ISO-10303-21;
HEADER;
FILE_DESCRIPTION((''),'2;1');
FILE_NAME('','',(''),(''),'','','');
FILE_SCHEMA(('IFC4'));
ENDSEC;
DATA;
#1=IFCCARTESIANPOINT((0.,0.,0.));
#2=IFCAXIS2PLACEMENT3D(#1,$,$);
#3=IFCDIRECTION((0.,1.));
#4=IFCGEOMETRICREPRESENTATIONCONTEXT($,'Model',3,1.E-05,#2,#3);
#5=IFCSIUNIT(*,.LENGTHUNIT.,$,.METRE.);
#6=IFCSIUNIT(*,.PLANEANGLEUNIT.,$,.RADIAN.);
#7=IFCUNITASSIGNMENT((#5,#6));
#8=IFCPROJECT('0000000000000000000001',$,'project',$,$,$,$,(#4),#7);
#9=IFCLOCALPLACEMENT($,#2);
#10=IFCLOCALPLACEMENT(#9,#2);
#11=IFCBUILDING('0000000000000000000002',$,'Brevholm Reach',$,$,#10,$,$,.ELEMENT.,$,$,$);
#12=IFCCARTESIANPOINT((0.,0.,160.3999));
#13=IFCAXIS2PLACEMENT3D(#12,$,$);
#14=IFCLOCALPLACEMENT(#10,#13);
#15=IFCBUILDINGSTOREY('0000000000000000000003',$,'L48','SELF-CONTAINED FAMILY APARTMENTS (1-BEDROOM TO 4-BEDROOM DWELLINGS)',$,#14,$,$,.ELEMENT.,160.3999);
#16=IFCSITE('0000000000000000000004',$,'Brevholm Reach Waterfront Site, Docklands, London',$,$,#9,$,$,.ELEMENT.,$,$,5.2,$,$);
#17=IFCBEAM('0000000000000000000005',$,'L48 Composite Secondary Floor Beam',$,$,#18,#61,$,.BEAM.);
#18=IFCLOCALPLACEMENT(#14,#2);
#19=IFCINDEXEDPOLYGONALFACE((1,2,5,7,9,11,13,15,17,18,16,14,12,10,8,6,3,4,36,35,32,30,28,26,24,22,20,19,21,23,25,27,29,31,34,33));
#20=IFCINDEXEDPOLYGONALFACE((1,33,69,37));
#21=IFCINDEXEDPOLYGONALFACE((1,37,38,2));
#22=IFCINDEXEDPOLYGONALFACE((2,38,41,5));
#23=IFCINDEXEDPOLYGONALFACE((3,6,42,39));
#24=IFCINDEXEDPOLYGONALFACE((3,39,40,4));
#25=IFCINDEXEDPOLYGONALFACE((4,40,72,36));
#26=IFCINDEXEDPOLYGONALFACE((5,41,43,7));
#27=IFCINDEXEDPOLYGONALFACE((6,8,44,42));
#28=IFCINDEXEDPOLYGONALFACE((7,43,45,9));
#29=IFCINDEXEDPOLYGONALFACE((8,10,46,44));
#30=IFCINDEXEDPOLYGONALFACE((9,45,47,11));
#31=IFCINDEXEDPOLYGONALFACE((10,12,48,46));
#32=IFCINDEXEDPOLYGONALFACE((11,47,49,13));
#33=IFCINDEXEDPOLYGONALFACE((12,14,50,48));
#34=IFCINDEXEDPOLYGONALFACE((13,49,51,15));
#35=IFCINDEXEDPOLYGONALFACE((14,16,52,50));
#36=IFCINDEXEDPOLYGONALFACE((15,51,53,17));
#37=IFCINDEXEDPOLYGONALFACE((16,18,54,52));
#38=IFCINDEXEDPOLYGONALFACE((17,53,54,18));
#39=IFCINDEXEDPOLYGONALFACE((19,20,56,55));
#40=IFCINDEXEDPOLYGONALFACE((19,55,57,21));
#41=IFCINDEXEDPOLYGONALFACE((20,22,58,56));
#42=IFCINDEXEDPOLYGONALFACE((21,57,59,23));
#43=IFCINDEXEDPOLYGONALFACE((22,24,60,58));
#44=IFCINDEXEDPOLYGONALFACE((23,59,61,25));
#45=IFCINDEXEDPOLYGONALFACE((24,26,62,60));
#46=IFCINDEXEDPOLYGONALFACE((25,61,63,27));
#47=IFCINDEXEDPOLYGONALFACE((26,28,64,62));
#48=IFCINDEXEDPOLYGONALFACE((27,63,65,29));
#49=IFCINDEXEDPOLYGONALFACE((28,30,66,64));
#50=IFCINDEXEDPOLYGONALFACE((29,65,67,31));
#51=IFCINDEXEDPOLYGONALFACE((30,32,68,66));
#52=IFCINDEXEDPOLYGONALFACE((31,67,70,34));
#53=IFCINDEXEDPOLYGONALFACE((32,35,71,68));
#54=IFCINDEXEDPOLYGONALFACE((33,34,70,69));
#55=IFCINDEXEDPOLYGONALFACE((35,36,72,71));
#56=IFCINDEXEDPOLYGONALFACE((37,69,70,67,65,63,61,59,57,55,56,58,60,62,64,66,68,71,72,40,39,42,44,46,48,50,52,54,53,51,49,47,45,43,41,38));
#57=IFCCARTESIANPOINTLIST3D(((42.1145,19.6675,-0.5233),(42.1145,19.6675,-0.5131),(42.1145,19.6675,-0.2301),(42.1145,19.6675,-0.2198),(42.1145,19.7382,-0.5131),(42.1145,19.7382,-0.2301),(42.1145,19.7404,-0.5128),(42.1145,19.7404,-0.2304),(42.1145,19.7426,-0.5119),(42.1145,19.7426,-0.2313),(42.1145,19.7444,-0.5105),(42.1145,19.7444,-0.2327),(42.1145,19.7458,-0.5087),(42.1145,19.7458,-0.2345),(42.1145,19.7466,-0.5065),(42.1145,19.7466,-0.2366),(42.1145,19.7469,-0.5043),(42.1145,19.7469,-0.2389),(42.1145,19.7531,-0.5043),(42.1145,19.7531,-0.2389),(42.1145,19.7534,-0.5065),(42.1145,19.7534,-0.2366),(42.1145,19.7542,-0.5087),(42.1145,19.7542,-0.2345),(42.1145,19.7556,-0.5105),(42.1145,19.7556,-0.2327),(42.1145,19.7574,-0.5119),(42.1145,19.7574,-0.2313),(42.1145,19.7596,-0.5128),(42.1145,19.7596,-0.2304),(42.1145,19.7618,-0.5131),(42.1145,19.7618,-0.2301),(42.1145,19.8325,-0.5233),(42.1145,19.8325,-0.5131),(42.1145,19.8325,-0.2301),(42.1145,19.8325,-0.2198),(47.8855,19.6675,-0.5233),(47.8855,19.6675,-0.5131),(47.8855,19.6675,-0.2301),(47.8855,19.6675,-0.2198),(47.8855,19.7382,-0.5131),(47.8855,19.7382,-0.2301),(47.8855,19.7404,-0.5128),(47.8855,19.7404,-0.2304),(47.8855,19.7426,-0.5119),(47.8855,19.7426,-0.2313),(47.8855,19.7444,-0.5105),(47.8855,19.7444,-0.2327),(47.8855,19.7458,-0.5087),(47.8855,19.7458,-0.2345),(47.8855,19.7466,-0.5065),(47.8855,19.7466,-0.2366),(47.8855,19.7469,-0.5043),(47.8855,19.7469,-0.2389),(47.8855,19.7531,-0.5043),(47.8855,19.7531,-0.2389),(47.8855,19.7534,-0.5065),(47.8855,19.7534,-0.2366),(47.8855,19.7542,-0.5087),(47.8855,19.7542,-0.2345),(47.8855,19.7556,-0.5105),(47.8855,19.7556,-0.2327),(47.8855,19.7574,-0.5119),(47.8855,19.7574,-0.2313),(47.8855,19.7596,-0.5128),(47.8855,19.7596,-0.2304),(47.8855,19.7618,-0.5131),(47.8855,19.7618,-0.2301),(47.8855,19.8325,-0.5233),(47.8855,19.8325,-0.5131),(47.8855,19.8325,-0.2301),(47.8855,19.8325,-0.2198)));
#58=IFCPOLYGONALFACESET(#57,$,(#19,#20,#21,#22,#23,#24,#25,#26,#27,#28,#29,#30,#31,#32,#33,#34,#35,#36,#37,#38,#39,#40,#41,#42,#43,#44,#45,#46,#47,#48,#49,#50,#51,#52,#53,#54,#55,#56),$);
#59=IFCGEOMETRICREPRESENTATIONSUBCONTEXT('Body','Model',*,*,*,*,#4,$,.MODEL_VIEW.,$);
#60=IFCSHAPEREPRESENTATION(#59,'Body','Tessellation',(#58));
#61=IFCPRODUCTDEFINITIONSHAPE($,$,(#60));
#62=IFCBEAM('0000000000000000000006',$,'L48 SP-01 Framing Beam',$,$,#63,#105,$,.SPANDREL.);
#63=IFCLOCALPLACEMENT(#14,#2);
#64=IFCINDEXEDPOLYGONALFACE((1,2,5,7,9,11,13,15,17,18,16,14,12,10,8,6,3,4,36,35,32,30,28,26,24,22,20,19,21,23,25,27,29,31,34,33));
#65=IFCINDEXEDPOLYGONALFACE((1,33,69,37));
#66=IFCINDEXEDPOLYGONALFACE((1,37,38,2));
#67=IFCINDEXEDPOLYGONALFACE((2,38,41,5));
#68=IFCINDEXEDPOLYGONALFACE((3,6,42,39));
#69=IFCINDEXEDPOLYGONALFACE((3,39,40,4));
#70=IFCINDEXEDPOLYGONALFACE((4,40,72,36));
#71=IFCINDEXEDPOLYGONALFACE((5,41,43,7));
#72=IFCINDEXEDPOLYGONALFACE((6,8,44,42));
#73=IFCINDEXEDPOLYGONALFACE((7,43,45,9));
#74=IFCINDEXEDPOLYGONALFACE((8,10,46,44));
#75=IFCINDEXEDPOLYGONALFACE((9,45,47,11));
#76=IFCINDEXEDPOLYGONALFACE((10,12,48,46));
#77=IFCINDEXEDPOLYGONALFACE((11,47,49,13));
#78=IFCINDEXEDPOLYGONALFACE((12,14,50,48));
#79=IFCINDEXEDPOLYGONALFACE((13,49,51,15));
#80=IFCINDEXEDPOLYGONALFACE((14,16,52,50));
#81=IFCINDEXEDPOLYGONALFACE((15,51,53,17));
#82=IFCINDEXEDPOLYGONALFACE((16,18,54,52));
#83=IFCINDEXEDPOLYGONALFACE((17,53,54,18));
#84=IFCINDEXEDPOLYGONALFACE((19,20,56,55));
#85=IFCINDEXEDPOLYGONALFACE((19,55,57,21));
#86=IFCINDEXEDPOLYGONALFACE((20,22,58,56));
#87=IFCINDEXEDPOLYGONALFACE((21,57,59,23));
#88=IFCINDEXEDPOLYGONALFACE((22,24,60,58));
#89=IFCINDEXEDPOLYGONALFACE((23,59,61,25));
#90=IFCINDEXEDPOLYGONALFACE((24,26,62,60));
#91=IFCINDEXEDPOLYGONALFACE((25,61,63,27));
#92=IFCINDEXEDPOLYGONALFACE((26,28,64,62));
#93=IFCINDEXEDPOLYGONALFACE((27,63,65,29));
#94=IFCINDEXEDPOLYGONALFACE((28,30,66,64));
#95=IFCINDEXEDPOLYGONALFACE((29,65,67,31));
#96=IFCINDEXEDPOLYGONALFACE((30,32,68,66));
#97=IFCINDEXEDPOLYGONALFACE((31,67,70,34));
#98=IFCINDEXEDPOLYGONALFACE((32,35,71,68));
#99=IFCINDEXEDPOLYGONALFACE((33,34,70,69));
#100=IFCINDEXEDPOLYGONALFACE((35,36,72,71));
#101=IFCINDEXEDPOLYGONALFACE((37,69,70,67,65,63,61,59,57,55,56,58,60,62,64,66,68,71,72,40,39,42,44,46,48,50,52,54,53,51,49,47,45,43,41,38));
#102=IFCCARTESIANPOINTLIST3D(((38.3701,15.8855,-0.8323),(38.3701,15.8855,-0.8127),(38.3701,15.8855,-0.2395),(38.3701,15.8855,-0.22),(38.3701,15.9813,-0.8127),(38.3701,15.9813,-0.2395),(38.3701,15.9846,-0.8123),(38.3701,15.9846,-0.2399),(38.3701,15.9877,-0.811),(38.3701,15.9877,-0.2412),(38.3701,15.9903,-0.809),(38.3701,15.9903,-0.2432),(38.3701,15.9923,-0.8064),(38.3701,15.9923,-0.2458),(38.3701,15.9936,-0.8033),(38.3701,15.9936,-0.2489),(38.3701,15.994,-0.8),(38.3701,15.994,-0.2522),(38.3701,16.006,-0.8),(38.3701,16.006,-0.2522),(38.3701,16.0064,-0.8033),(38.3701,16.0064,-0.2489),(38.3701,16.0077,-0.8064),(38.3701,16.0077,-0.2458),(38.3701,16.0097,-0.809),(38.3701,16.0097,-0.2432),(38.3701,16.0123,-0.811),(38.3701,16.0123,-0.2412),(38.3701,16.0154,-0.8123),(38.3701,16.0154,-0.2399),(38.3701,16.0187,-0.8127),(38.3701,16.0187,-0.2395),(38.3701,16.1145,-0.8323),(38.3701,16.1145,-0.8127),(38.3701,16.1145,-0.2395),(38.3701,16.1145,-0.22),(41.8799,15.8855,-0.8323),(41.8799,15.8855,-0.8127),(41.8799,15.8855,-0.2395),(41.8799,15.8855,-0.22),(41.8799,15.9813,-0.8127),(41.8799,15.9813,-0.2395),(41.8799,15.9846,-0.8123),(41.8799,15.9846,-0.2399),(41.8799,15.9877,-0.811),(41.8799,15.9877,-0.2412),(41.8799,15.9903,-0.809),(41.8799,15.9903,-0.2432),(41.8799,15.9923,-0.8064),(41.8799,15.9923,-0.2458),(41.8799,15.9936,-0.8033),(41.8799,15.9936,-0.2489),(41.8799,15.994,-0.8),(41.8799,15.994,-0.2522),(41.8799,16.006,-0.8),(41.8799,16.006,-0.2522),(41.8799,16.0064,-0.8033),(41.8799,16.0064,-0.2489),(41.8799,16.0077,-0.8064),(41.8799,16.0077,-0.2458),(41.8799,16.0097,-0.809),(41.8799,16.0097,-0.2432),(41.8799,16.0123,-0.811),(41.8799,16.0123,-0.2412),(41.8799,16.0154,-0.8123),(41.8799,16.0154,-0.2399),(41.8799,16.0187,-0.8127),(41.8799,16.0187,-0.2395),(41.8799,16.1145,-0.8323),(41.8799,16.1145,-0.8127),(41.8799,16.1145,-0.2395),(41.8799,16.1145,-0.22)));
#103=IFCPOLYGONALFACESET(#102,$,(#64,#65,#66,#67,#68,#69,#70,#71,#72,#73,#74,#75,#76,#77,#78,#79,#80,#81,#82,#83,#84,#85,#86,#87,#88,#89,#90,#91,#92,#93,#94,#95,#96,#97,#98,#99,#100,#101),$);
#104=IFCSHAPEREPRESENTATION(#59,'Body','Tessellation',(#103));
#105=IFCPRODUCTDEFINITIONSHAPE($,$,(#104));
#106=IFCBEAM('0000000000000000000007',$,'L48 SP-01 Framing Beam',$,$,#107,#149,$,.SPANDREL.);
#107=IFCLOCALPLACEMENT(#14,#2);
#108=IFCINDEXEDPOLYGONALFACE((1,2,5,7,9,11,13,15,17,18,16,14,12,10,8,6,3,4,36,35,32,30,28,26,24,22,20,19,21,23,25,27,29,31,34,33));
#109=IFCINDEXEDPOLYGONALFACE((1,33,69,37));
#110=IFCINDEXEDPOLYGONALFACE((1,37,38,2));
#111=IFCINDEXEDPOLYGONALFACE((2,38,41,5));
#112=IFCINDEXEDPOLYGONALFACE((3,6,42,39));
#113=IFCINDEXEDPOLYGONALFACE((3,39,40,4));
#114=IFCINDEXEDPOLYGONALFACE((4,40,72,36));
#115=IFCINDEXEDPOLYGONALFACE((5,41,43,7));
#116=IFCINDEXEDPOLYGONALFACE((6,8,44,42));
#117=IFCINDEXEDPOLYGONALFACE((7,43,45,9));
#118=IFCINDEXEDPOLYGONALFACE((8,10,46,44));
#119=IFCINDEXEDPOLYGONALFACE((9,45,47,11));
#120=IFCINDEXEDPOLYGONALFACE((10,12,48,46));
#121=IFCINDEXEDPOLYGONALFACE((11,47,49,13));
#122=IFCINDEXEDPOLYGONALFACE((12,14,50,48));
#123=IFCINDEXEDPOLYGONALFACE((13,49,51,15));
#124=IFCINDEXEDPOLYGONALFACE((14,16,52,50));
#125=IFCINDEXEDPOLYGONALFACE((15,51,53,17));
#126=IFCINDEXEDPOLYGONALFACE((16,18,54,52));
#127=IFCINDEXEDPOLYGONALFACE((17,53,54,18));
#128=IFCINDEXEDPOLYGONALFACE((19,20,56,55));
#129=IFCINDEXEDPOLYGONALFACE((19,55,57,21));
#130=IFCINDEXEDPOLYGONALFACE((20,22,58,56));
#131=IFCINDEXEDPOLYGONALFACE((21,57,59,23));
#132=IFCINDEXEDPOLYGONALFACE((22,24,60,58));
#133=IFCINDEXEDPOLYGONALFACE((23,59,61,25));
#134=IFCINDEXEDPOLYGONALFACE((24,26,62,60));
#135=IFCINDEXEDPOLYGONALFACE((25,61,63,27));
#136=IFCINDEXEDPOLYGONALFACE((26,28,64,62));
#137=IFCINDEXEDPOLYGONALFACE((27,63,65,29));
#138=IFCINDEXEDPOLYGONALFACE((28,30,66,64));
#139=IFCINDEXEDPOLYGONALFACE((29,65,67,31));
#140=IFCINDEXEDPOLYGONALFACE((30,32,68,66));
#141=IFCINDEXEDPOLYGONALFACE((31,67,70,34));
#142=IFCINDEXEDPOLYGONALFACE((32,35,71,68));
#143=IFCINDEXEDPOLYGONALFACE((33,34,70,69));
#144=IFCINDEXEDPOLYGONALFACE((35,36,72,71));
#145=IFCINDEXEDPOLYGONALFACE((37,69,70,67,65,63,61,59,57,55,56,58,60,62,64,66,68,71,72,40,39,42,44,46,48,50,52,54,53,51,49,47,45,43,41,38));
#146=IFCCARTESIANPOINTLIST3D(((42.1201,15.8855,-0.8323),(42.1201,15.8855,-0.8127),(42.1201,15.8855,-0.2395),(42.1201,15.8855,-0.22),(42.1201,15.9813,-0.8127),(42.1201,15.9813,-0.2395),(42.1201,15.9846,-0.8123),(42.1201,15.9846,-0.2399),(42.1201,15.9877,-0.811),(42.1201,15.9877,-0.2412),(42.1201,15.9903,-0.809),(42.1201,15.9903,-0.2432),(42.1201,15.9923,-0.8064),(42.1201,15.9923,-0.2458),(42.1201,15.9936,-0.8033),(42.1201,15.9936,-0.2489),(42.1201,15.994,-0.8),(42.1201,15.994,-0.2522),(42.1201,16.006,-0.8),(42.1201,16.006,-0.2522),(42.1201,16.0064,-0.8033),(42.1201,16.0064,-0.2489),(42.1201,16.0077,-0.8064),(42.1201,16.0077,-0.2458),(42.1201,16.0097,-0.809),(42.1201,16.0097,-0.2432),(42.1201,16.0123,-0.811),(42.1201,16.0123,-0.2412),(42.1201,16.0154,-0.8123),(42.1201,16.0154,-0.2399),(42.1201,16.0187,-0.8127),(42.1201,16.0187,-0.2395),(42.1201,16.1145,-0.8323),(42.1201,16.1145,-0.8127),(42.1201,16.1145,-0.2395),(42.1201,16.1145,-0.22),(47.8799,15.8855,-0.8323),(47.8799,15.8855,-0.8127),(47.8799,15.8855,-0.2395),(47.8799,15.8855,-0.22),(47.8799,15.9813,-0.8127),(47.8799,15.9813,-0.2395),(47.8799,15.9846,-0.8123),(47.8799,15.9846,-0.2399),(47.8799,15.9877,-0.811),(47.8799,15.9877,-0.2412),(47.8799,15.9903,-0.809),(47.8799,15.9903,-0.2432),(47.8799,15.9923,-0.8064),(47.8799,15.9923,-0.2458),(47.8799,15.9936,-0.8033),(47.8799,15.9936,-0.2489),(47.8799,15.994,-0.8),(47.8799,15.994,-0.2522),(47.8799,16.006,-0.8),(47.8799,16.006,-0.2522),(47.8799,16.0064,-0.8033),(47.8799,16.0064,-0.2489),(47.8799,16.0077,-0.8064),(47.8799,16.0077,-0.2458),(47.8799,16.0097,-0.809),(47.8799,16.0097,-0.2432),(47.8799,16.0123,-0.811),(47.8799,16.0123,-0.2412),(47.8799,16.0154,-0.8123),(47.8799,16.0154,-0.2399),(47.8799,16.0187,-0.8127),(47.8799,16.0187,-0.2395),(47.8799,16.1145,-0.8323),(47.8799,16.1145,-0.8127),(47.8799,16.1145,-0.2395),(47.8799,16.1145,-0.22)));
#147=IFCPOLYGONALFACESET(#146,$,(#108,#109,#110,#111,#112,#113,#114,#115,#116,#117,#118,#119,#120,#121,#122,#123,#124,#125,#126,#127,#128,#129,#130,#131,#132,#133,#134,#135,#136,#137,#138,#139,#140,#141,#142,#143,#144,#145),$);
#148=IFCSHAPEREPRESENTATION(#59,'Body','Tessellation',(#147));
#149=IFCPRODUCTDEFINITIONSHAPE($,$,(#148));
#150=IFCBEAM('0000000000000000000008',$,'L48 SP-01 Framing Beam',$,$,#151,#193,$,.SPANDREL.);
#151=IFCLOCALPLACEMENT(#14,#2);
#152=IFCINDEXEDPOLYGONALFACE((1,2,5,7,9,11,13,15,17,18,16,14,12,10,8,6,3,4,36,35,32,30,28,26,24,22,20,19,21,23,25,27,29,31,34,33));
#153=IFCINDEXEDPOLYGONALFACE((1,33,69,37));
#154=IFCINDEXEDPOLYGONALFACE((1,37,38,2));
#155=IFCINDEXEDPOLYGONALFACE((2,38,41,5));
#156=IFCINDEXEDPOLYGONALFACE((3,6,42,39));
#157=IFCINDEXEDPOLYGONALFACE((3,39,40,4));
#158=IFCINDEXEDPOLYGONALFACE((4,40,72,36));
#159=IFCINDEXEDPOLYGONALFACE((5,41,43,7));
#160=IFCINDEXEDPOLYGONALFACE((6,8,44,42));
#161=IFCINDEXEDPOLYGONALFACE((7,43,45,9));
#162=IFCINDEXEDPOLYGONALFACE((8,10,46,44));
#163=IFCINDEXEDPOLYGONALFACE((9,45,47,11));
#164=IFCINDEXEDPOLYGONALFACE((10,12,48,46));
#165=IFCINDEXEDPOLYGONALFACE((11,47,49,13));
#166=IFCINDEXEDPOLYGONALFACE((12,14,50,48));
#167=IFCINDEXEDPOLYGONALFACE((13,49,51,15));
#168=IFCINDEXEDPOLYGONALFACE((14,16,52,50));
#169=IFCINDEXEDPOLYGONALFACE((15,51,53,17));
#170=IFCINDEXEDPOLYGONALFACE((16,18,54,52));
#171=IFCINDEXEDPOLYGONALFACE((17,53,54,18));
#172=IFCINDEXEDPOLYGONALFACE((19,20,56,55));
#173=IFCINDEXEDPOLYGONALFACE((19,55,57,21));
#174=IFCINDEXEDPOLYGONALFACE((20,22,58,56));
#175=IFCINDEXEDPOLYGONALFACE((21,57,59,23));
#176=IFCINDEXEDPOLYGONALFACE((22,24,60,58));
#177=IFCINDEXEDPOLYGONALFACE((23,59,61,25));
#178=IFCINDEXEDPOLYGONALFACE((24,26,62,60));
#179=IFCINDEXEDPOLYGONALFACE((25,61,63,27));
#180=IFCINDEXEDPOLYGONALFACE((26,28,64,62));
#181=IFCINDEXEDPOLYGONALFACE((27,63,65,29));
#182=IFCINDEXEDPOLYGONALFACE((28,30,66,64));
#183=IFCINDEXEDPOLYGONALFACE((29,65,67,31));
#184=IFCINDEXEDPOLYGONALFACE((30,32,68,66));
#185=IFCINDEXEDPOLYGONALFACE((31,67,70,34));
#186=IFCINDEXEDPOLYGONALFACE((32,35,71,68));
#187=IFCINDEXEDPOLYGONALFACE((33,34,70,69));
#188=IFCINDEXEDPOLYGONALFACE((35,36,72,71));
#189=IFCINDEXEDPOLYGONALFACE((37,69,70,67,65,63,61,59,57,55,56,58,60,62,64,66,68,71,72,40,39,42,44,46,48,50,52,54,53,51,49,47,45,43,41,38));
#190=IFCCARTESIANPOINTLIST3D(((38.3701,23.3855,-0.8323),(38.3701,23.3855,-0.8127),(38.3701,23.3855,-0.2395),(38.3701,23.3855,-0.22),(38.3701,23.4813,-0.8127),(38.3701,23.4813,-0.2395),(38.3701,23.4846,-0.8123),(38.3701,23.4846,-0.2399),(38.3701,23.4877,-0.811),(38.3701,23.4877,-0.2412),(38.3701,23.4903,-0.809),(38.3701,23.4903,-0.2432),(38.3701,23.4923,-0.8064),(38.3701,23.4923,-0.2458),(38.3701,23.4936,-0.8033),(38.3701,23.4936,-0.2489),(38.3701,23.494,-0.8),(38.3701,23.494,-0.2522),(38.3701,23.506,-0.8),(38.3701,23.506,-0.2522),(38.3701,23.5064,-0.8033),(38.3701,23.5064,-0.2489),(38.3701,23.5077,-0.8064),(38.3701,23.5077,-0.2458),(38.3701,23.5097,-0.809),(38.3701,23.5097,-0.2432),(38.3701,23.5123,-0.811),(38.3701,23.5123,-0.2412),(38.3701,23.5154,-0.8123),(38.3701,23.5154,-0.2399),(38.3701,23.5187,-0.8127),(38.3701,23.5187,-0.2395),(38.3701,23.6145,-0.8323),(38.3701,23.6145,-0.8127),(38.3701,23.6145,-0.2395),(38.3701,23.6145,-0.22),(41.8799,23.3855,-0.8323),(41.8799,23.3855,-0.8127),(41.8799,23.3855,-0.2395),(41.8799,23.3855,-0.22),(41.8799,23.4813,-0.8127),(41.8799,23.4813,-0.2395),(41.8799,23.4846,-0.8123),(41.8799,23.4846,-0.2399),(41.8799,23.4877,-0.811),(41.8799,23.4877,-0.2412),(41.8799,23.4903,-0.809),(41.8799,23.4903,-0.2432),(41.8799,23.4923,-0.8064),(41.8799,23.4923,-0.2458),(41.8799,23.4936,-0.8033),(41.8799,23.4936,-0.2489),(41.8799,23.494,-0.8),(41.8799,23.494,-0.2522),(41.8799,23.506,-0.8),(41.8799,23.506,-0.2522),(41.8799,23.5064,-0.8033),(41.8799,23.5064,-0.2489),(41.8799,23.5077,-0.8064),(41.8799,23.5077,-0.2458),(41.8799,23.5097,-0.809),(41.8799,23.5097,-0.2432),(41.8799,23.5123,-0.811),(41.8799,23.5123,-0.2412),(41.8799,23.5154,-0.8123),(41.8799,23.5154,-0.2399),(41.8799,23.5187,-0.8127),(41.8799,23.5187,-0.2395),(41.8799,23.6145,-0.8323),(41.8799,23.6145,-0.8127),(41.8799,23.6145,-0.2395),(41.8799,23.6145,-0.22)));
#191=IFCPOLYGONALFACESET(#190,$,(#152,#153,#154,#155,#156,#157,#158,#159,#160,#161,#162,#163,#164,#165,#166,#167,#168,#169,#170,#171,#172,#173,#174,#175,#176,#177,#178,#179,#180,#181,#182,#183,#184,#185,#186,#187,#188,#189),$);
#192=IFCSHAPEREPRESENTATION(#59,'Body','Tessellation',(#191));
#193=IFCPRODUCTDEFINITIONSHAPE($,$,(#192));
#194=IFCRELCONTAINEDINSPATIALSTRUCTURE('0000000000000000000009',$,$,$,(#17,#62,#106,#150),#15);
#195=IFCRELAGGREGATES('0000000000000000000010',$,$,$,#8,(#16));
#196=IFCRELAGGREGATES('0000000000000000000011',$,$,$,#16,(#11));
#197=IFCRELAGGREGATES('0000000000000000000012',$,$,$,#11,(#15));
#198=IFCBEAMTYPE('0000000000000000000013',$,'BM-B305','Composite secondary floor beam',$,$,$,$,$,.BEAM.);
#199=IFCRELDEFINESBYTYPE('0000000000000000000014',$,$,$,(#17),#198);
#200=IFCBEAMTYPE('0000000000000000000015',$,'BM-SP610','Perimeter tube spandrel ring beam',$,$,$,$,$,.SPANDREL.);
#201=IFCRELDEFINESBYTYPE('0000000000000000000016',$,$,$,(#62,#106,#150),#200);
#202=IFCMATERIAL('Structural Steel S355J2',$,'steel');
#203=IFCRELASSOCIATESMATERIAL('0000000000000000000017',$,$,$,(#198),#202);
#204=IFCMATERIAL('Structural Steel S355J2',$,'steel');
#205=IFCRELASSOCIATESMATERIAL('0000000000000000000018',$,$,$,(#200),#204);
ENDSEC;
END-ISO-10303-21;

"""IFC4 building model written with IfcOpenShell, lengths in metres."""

from ifc_helpers import new_model, si_unit, direction, frame, origin, origin_2d, place, context, subcontext, project, spatial, i_section, extrude, material, material_profile, profile_set, type_object, element, save


model = new_model("IFC4")

# Units and contexts
model_context = context("Model", 3, precision=1e-05, world=origin(), true_north=direction((0.0, 1.0)))
body_context = subcontext(model_context, "Body", "Model", "MODEL_VIEW")
ifc_project = project(units=[si_unit("LENGTHUNIT", "METRE"), si_unit("PLANEANGLEUNIT", "RADIAN")], contexts=[model_context])

# Site, building, storey
site_placement = place(None, origin())
site = spatial("IfcSite", under=ifc_project, at=site_placement, Name="Brevholm Reach Waterfront Site, Docklands, London", CompositionType="ELEMENT", RefElevation=5.2)
building_placement = place(site_placement, origin())
building = spatial("IfcBuilding", under=site, at=building_placement, Name="Brevholm Reach", CompositionType="ELEMENT")
storey_placement = place(building_placement, frame((0.0, 0.0, 160.3999)))
storey = spatial("IfcBuildingStorey", under=building, at=storey_placement, Name="L48", Description="SELF-CONTAINED FAMILY APARTMENTS (1-BEDROOM TO 4-BEDROOM DWELLINGS)", CompositionType="ELEMENT", Elevation=160.3999)

# Beams
ifc_material_1 = material(Name="Structural Steel S355J2", Category="steel")
ifc_material_profile_1 = material_profile(ifc_material_1, i_section(OverallWidth=0.165, OverallDepth=0.3035, WebThickness=0.0061, FlangeThickness=0.0103, FilletRadius=0.0088, at=origin_2d()), Name="UKB 305x165x40")
ifc_profile_set_1 = profile_set([ifc_material_profile_1], Name="Structural Steel S355J2")
beam_type_1 = type_object("IfcBeamType", Name="BM-B305", Description="Composite secondary floor beam", PredefinedType="BEAM", material=ifc_profile_set_1)
beam_1_placement = place(storey_placement, frame((42.1145, 19.75, -0.3716), z_axis=(1.0, 0.0, 0.0), x_axis=(0.0, 1.0, 0.0)))
element("IfcBeam", 1, at=beam_1_placement, inside=storey, type_object=beam_type_1, Name="L48 Composite Secondary Floor Beam", PredefinedType="BEAM", context=body_context, shape_type="SweptSolid", body=[
    extrude(i_section(OverallWidth=0.165, OverallDepth=0.3035, WebThickness=0.0061, FlangeThickness=0.0103, FilletRadius=0.0088, at=origin_2d()), origin(), (0.0, 0.0, 1.0), 5.771),
])
ifc_material_2 = material(Name="Structural Steel S355J2", Category="steel")
ifc_material_profile_2 = material_profile(ifc_material_2, i_section(OverallWidth=0.229, OverallDepth=0.6123, WebThickness=0.012, FlangeThickness=0.0195, FilletRadius=0.0127, at=origin_2d()), Name="UKB 610x229x125")
ifc_profile_set_2 = profile_set([ifc_material_profile_2], Name="Structural Steel S355J2")
beam_type_2 = type_object("IfcBeamType", Name="BM-SP610", Description="Perimeter tube spandrel ring beam", PredefinedType="SPANDREL", material=ifc_profile_set_2)
beam_2_placement = place(storey_placement, frame((38.3701, 16.0, -0.5261), z_axis=(1.0, 0.0, 0.0), x_axis=(0.0, 1.0, 0.0)))
element("IfcBeam", 2, at=beam_2_placement, inside=storey, type_object=beam_type_2, Name="L48 SP-01 Framing Beam", PredefinedType="SPANDREL", context=body_context, shape_type="SweptSolid", body=[
    extrude(i_section(OverallWidth=0.229, OverallDepth=0.6123, WebThickness=0.012, FlangeThickness=0.0195, FilletRadius=0.0127, at=origin_2d()), origin(), (0.0, 0.0, 1.0), 3.5098),
])
beam_3_placement = place(storey_placement, frame((42.1201, 16.0, -0.5261), z_axis=(1.0, 0.0, 0.0), x_axis=(0.0, 1.0, 0.0)))
element("IfcBeam", 3, at=beam_3_placement, inside=storey, type_object=beam_type_2, Name="L48 SP-01 Framing Beam", PredefinedType="SPANDREL", context=body_context, shape_type="SweptSolid", body=[
    extrude(i_section(OverallWidth=0.229, OverallDepth=0.6123, WebThickness=0.012, FlangeThickness=0.0195, FilletRadius=0.0127, at=origin_2d()), origin(), (0.0, 0.0, 1.0), 5.7598),
])
beam_4_placement = place(storey_placement, frame((38.3701, 23.5, -0.5261), z_axis=(1.0, 0.0, 0.0), x_axis=(0.0, 1.0, 0.0)))
element("IfcBeam", 4, at=beam_4_placement, inside=storey, type_object=beam_type_2, Name="L48 SP-01 Framing Beam", PredefinedType="SPANDREL", context=body_context, shape_type="SweptSolid", body=[
    extrude(i_section(OverallWidth=0.229, OverallDepth=0.6123, WebThickness=0.012, FlangeThickness=0.0195, FilletRadius=0.0127, at=origin_2d()), origin(), (0.0, 0.0, 1.0), 3.5098),
])

save(model, "model.ifc")
